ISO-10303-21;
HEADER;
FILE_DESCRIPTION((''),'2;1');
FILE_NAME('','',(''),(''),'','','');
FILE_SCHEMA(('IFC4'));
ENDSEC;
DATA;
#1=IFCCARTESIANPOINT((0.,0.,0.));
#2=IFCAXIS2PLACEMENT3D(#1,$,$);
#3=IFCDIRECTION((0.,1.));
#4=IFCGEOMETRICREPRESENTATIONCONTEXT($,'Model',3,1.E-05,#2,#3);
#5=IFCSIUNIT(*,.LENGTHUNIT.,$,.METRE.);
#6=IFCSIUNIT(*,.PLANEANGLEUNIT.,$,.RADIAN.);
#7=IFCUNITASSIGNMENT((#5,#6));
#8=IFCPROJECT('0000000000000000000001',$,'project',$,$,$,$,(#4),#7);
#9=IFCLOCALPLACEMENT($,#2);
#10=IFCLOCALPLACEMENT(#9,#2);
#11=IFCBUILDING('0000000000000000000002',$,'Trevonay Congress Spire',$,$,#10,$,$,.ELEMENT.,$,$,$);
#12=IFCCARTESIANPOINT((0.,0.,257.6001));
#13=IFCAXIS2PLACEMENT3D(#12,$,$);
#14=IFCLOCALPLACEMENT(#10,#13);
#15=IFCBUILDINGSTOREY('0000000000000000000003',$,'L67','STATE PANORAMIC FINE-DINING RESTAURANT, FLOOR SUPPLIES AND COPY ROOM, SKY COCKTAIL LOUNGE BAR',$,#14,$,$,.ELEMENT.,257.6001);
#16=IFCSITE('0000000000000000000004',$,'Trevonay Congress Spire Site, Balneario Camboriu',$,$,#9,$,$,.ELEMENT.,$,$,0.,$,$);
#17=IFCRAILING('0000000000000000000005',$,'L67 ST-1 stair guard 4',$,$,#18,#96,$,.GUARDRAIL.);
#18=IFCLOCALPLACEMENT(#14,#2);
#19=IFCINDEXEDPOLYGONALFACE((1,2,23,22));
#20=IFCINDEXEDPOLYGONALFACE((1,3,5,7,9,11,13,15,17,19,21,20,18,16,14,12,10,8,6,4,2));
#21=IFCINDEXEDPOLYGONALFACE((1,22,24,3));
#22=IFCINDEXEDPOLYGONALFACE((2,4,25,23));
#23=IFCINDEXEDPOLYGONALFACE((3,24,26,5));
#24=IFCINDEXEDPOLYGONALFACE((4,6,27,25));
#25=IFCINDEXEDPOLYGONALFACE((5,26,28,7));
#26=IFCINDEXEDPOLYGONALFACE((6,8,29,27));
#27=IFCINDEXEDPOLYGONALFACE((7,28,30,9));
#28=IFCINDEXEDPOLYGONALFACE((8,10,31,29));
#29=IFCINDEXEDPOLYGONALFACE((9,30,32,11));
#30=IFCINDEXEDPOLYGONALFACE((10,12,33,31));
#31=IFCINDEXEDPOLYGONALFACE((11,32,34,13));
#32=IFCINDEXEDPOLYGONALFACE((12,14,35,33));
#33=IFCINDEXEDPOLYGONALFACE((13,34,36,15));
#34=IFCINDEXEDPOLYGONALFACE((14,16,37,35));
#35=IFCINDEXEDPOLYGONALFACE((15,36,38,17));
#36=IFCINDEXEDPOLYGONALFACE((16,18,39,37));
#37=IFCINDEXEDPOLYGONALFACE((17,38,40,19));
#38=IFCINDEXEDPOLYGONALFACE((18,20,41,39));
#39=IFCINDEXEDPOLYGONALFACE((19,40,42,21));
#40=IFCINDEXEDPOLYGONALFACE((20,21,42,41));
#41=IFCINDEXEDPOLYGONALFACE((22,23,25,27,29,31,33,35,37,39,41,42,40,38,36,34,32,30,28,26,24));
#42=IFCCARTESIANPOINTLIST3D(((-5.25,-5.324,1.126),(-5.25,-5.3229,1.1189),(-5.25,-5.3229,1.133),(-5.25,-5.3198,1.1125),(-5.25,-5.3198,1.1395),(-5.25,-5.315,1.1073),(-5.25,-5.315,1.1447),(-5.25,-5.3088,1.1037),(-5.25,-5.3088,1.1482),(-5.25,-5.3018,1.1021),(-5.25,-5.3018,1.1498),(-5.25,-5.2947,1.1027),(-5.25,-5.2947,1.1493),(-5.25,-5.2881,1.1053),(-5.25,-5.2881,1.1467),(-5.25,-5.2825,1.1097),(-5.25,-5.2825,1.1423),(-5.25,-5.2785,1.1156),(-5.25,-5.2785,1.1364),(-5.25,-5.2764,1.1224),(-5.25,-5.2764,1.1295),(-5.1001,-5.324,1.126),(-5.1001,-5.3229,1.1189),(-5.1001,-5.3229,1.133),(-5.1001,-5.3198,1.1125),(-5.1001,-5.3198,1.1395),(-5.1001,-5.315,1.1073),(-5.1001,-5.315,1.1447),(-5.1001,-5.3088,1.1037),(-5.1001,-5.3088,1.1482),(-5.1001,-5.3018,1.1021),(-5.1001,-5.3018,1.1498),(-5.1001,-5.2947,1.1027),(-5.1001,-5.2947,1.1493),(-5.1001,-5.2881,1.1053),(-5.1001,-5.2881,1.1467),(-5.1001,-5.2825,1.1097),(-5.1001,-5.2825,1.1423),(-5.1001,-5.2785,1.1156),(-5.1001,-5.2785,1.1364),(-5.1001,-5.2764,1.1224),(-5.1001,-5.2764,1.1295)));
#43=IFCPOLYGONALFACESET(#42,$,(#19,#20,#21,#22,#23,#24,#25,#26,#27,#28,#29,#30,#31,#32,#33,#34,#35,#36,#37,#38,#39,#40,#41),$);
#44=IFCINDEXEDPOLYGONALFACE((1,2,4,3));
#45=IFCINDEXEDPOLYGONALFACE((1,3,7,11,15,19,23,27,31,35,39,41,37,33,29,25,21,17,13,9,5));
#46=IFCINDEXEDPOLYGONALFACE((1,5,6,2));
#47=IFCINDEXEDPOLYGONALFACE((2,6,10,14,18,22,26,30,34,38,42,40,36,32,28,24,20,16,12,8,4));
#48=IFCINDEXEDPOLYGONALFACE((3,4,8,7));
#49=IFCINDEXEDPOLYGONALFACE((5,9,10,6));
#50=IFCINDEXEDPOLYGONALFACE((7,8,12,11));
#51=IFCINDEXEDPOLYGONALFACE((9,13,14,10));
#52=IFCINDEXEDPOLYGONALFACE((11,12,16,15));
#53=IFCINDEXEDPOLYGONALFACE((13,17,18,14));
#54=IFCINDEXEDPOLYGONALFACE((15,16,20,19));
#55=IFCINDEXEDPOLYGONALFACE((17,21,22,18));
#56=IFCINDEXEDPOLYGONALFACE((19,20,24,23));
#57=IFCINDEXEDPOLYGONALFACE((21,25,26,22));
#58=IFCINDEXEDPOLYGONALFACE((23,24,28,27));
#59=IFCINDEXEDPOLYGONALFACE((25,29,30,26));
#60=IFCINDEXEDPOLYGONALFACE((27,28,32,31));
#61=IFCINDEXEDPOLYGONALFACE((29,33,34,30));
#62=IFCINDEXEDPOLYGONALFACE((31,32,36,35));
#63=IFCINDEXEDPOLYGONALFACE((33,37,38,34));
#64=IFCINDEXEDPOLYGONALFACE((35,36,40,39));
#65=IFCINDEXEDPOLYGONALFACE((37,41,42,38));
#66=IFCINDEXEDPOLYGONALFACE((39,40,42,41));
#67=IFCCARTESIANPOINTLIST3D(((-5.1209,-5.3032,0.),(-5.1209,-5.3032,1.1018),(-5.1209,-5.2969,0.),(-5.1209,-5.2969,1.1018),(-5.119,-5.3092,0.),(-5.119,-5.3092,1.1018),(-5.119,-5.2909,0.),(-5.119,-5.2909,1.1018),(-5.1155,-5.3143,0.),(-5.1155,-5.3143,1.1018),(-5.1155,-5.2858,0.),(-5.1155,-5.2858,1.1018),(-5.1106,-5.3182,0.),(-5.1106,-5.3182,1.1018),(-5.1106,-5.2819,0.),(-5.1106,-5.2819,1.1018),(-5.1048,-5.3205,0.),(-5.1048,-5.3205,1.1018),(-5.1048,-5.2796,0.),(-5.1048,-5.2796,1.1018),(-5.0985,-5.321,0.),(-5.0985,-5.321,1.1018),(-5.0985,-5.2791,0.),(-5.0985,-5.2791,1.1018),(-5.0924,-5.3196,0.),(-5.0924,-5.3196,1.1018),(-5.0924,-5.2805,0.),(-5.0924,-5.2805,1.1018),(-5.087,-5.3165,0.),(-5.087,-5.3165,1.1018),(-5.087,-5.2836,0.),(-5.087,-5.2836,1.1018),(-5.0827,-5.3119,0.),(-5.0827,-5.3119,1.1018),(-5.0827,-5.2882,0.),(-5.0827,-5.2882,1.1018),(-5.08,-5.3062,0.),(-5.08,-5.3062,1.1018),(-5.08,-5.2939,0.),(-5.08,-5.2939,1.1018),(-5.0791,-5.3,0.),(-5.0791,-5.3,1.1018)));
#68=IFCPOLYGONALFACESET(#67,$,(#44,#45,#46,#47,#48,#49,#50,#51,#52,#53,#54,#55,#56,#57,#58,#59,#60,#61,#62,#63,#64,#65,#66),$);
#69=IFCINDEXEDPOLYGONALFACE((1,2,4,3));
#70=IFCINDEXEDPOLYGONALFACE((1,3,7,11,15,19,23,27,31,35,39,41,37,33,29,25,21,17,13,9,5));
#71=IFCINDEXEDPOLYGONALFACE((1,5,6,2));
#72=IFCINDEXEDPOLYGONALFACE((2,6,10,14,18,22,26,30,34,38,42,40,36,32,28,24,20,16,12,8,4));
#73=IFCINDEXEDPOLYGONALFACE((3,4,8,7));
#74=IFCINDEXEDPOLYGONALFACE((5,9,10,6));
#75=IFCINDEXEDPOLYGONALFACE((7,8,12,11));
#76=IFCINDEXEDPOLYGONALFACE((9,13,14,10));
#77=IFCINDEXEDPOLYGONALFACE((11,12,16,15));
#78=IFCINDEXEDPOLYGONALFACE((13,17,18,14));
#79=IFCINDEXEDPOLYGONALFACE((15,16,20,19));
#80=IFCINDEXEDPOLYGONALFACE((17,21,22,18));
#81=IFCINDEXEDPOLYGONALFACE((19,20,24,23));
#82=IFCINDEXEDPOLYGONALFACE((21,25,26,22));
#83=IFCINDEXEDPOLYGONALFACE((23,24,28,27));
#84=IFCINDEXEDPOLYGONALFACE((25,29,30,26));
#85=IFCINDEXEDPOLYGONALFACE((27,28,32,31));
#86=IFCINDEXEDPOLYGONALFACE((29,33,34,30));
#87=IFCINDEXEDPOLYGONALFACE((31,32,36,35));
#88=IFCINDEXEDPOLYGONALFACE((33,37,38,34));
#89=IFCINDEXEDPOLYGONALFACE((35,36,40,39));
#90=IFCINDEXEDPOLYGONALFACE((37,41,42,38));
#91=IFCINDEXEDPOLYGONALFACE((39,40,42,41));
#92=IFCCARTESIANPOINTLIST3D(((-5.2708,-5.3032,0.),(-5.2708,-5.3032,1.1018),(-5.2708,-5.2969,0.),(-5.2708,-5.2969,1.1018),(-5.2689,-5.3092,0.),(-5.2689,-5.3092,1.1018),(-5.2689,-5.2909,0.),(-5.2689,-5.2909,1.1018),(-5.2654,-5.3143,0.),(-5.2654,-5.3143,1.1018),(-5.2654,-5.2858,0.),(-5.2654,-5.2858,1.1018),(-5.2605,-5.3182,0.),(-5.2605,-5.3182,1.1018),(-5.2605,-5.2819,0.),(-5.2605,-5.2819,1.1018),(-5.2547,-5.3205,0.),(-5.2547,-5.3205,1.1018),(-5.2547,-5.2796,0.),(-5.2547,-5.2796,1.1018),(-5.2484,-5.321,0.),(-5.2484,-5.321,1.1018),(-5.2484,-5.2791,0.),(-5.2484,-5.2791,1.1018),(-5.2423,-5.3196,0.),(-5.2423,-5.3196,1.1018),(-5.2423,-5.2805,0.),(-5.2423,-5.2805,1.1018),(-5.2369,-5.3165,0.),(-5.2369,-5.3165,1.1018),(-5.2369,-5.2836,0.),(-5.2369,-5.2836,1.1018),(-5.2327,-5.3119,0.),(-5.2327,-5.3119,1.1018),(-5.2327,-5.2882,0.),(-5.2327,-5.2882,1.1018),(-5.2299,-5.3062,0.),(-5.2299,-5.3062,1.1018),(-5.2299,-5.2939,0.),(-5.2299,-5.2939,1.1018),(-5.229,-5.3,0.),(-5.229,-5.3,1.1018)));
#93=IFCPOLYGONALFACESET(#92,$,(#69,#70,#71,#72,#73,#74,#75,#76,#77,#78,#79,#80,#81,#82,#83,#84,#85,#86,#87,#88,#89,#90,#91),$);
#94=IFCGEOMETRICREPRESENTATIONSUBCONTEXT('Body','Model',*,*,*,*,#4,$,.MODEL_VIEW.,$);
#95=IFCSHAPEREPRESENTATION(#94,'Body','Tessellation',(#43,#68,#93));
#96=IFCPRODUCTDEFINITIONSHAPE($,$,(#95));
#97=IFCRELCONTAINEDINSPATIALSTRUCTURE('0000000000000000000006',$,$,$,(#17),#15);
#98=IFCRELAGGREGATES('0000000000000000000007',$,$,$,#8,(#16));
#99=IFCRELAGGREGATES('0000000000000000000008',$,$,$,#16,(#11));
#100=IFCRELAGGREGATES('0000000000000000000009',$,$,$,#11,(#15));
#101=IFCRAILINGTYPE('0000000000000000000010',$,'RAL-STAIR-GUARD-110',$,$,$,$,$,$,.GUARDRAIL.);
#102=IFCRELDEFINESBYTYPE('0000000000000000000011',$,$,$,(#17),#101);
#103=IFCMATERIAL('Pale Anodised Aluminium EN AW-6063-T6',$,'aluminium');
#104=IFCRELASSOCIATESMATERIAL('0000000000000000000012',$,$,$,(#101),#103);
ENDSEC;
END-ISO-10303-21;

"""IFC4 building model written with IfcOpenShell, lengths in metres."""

from ifc_helpers import new_model, si_unit, direction, frame, origin, origin_2d, place, context, subcontext, project, spatial, circle, extrude, material, type_object, element, save


model = new_model("IFC4")

# Units and contexts
model_context = context("Model", 3, precision=1e-05, world=origin(), true_north=direction((0.0, 1.0)))
body_context = subcontext(model_context, "Body", "Model", "MODEL_VIEW")
ifc_project = project(units=[si_unit("LENGTHUNIT", "METRE"), si_unit("PLANEANGLEUNIT", "RADIAN")], contexts=[model_context])

# Site, building, storey
site_placement = place(None, origin())
site = spatial("IfcSite", under=ifc_project, at=site_placement, Name="Trevonay Congress Spire Site, Balneario Camboriu", CompositionType="ELEMENT", RefElevation=0.0)
building_placement = place(site_placement, origin())
building = spatial("IfcBuilding", under=site, at=building_placement, Name="Trevonay Congress Spire", CompositionType="ELEMENT")
storey_placement = place(building_placement, frame((0.0, 0.0, 257.6001)))
storey = spatial("IfcBuildingStorey", under=building, at=storey_placement, Name="L67", Description="STATE PANORAMIC FINE-DINING RESTAURANT, FLOOR SUPPLIES AND COPY ROOM, SKY COCKTAIL LOUNGE BAR", CompositionType="ELEMENT", Elevation=257.6001)

# Railing
ifc_material_1 = material(Name="Pale Anodised Aluminium EN AW-6063-T6", Category="aluminium")
railing_type_1 = type_object("IfcRailingType", Name="RAL-STAIR-GUARD-110", PredefinedType="GUARDRAIL", material=ifc_material_1)
railing_1_placement = place(storey_placement, frame((-5.1001, -5.3, 0.0)))
element("IfcRailing", 1, at=railing_1_placement, inside=storey, type_object=railing_type_1, Name="L67 ST-1 stair guard 4", PredefinedType="GUARDRAIL", context=body_context, shape_type="SweptSolid", body=[
    extrude(circle(Radius=0.0239, at=origin_2d()), frame((0.0, 0.0, 1.126), z_axis=(-1.0, 0.0, 0.0), x_axis=(0.0, -1.0, 0.0)), (0.0, 0.0, 1.0), 0.1499),
    extrude(circle(Radius=0.021, at=origin_2d()), origin(), (0.0, 0.0, 1.0), 1.1018),
    extrude(circle(Radius=0.021, at=origin_2d()), frame((-0.1499, 0.0, 0.0)), (0.0, 0.0, 1.0), 1.1018),
])

save(model, "model.ifc")
